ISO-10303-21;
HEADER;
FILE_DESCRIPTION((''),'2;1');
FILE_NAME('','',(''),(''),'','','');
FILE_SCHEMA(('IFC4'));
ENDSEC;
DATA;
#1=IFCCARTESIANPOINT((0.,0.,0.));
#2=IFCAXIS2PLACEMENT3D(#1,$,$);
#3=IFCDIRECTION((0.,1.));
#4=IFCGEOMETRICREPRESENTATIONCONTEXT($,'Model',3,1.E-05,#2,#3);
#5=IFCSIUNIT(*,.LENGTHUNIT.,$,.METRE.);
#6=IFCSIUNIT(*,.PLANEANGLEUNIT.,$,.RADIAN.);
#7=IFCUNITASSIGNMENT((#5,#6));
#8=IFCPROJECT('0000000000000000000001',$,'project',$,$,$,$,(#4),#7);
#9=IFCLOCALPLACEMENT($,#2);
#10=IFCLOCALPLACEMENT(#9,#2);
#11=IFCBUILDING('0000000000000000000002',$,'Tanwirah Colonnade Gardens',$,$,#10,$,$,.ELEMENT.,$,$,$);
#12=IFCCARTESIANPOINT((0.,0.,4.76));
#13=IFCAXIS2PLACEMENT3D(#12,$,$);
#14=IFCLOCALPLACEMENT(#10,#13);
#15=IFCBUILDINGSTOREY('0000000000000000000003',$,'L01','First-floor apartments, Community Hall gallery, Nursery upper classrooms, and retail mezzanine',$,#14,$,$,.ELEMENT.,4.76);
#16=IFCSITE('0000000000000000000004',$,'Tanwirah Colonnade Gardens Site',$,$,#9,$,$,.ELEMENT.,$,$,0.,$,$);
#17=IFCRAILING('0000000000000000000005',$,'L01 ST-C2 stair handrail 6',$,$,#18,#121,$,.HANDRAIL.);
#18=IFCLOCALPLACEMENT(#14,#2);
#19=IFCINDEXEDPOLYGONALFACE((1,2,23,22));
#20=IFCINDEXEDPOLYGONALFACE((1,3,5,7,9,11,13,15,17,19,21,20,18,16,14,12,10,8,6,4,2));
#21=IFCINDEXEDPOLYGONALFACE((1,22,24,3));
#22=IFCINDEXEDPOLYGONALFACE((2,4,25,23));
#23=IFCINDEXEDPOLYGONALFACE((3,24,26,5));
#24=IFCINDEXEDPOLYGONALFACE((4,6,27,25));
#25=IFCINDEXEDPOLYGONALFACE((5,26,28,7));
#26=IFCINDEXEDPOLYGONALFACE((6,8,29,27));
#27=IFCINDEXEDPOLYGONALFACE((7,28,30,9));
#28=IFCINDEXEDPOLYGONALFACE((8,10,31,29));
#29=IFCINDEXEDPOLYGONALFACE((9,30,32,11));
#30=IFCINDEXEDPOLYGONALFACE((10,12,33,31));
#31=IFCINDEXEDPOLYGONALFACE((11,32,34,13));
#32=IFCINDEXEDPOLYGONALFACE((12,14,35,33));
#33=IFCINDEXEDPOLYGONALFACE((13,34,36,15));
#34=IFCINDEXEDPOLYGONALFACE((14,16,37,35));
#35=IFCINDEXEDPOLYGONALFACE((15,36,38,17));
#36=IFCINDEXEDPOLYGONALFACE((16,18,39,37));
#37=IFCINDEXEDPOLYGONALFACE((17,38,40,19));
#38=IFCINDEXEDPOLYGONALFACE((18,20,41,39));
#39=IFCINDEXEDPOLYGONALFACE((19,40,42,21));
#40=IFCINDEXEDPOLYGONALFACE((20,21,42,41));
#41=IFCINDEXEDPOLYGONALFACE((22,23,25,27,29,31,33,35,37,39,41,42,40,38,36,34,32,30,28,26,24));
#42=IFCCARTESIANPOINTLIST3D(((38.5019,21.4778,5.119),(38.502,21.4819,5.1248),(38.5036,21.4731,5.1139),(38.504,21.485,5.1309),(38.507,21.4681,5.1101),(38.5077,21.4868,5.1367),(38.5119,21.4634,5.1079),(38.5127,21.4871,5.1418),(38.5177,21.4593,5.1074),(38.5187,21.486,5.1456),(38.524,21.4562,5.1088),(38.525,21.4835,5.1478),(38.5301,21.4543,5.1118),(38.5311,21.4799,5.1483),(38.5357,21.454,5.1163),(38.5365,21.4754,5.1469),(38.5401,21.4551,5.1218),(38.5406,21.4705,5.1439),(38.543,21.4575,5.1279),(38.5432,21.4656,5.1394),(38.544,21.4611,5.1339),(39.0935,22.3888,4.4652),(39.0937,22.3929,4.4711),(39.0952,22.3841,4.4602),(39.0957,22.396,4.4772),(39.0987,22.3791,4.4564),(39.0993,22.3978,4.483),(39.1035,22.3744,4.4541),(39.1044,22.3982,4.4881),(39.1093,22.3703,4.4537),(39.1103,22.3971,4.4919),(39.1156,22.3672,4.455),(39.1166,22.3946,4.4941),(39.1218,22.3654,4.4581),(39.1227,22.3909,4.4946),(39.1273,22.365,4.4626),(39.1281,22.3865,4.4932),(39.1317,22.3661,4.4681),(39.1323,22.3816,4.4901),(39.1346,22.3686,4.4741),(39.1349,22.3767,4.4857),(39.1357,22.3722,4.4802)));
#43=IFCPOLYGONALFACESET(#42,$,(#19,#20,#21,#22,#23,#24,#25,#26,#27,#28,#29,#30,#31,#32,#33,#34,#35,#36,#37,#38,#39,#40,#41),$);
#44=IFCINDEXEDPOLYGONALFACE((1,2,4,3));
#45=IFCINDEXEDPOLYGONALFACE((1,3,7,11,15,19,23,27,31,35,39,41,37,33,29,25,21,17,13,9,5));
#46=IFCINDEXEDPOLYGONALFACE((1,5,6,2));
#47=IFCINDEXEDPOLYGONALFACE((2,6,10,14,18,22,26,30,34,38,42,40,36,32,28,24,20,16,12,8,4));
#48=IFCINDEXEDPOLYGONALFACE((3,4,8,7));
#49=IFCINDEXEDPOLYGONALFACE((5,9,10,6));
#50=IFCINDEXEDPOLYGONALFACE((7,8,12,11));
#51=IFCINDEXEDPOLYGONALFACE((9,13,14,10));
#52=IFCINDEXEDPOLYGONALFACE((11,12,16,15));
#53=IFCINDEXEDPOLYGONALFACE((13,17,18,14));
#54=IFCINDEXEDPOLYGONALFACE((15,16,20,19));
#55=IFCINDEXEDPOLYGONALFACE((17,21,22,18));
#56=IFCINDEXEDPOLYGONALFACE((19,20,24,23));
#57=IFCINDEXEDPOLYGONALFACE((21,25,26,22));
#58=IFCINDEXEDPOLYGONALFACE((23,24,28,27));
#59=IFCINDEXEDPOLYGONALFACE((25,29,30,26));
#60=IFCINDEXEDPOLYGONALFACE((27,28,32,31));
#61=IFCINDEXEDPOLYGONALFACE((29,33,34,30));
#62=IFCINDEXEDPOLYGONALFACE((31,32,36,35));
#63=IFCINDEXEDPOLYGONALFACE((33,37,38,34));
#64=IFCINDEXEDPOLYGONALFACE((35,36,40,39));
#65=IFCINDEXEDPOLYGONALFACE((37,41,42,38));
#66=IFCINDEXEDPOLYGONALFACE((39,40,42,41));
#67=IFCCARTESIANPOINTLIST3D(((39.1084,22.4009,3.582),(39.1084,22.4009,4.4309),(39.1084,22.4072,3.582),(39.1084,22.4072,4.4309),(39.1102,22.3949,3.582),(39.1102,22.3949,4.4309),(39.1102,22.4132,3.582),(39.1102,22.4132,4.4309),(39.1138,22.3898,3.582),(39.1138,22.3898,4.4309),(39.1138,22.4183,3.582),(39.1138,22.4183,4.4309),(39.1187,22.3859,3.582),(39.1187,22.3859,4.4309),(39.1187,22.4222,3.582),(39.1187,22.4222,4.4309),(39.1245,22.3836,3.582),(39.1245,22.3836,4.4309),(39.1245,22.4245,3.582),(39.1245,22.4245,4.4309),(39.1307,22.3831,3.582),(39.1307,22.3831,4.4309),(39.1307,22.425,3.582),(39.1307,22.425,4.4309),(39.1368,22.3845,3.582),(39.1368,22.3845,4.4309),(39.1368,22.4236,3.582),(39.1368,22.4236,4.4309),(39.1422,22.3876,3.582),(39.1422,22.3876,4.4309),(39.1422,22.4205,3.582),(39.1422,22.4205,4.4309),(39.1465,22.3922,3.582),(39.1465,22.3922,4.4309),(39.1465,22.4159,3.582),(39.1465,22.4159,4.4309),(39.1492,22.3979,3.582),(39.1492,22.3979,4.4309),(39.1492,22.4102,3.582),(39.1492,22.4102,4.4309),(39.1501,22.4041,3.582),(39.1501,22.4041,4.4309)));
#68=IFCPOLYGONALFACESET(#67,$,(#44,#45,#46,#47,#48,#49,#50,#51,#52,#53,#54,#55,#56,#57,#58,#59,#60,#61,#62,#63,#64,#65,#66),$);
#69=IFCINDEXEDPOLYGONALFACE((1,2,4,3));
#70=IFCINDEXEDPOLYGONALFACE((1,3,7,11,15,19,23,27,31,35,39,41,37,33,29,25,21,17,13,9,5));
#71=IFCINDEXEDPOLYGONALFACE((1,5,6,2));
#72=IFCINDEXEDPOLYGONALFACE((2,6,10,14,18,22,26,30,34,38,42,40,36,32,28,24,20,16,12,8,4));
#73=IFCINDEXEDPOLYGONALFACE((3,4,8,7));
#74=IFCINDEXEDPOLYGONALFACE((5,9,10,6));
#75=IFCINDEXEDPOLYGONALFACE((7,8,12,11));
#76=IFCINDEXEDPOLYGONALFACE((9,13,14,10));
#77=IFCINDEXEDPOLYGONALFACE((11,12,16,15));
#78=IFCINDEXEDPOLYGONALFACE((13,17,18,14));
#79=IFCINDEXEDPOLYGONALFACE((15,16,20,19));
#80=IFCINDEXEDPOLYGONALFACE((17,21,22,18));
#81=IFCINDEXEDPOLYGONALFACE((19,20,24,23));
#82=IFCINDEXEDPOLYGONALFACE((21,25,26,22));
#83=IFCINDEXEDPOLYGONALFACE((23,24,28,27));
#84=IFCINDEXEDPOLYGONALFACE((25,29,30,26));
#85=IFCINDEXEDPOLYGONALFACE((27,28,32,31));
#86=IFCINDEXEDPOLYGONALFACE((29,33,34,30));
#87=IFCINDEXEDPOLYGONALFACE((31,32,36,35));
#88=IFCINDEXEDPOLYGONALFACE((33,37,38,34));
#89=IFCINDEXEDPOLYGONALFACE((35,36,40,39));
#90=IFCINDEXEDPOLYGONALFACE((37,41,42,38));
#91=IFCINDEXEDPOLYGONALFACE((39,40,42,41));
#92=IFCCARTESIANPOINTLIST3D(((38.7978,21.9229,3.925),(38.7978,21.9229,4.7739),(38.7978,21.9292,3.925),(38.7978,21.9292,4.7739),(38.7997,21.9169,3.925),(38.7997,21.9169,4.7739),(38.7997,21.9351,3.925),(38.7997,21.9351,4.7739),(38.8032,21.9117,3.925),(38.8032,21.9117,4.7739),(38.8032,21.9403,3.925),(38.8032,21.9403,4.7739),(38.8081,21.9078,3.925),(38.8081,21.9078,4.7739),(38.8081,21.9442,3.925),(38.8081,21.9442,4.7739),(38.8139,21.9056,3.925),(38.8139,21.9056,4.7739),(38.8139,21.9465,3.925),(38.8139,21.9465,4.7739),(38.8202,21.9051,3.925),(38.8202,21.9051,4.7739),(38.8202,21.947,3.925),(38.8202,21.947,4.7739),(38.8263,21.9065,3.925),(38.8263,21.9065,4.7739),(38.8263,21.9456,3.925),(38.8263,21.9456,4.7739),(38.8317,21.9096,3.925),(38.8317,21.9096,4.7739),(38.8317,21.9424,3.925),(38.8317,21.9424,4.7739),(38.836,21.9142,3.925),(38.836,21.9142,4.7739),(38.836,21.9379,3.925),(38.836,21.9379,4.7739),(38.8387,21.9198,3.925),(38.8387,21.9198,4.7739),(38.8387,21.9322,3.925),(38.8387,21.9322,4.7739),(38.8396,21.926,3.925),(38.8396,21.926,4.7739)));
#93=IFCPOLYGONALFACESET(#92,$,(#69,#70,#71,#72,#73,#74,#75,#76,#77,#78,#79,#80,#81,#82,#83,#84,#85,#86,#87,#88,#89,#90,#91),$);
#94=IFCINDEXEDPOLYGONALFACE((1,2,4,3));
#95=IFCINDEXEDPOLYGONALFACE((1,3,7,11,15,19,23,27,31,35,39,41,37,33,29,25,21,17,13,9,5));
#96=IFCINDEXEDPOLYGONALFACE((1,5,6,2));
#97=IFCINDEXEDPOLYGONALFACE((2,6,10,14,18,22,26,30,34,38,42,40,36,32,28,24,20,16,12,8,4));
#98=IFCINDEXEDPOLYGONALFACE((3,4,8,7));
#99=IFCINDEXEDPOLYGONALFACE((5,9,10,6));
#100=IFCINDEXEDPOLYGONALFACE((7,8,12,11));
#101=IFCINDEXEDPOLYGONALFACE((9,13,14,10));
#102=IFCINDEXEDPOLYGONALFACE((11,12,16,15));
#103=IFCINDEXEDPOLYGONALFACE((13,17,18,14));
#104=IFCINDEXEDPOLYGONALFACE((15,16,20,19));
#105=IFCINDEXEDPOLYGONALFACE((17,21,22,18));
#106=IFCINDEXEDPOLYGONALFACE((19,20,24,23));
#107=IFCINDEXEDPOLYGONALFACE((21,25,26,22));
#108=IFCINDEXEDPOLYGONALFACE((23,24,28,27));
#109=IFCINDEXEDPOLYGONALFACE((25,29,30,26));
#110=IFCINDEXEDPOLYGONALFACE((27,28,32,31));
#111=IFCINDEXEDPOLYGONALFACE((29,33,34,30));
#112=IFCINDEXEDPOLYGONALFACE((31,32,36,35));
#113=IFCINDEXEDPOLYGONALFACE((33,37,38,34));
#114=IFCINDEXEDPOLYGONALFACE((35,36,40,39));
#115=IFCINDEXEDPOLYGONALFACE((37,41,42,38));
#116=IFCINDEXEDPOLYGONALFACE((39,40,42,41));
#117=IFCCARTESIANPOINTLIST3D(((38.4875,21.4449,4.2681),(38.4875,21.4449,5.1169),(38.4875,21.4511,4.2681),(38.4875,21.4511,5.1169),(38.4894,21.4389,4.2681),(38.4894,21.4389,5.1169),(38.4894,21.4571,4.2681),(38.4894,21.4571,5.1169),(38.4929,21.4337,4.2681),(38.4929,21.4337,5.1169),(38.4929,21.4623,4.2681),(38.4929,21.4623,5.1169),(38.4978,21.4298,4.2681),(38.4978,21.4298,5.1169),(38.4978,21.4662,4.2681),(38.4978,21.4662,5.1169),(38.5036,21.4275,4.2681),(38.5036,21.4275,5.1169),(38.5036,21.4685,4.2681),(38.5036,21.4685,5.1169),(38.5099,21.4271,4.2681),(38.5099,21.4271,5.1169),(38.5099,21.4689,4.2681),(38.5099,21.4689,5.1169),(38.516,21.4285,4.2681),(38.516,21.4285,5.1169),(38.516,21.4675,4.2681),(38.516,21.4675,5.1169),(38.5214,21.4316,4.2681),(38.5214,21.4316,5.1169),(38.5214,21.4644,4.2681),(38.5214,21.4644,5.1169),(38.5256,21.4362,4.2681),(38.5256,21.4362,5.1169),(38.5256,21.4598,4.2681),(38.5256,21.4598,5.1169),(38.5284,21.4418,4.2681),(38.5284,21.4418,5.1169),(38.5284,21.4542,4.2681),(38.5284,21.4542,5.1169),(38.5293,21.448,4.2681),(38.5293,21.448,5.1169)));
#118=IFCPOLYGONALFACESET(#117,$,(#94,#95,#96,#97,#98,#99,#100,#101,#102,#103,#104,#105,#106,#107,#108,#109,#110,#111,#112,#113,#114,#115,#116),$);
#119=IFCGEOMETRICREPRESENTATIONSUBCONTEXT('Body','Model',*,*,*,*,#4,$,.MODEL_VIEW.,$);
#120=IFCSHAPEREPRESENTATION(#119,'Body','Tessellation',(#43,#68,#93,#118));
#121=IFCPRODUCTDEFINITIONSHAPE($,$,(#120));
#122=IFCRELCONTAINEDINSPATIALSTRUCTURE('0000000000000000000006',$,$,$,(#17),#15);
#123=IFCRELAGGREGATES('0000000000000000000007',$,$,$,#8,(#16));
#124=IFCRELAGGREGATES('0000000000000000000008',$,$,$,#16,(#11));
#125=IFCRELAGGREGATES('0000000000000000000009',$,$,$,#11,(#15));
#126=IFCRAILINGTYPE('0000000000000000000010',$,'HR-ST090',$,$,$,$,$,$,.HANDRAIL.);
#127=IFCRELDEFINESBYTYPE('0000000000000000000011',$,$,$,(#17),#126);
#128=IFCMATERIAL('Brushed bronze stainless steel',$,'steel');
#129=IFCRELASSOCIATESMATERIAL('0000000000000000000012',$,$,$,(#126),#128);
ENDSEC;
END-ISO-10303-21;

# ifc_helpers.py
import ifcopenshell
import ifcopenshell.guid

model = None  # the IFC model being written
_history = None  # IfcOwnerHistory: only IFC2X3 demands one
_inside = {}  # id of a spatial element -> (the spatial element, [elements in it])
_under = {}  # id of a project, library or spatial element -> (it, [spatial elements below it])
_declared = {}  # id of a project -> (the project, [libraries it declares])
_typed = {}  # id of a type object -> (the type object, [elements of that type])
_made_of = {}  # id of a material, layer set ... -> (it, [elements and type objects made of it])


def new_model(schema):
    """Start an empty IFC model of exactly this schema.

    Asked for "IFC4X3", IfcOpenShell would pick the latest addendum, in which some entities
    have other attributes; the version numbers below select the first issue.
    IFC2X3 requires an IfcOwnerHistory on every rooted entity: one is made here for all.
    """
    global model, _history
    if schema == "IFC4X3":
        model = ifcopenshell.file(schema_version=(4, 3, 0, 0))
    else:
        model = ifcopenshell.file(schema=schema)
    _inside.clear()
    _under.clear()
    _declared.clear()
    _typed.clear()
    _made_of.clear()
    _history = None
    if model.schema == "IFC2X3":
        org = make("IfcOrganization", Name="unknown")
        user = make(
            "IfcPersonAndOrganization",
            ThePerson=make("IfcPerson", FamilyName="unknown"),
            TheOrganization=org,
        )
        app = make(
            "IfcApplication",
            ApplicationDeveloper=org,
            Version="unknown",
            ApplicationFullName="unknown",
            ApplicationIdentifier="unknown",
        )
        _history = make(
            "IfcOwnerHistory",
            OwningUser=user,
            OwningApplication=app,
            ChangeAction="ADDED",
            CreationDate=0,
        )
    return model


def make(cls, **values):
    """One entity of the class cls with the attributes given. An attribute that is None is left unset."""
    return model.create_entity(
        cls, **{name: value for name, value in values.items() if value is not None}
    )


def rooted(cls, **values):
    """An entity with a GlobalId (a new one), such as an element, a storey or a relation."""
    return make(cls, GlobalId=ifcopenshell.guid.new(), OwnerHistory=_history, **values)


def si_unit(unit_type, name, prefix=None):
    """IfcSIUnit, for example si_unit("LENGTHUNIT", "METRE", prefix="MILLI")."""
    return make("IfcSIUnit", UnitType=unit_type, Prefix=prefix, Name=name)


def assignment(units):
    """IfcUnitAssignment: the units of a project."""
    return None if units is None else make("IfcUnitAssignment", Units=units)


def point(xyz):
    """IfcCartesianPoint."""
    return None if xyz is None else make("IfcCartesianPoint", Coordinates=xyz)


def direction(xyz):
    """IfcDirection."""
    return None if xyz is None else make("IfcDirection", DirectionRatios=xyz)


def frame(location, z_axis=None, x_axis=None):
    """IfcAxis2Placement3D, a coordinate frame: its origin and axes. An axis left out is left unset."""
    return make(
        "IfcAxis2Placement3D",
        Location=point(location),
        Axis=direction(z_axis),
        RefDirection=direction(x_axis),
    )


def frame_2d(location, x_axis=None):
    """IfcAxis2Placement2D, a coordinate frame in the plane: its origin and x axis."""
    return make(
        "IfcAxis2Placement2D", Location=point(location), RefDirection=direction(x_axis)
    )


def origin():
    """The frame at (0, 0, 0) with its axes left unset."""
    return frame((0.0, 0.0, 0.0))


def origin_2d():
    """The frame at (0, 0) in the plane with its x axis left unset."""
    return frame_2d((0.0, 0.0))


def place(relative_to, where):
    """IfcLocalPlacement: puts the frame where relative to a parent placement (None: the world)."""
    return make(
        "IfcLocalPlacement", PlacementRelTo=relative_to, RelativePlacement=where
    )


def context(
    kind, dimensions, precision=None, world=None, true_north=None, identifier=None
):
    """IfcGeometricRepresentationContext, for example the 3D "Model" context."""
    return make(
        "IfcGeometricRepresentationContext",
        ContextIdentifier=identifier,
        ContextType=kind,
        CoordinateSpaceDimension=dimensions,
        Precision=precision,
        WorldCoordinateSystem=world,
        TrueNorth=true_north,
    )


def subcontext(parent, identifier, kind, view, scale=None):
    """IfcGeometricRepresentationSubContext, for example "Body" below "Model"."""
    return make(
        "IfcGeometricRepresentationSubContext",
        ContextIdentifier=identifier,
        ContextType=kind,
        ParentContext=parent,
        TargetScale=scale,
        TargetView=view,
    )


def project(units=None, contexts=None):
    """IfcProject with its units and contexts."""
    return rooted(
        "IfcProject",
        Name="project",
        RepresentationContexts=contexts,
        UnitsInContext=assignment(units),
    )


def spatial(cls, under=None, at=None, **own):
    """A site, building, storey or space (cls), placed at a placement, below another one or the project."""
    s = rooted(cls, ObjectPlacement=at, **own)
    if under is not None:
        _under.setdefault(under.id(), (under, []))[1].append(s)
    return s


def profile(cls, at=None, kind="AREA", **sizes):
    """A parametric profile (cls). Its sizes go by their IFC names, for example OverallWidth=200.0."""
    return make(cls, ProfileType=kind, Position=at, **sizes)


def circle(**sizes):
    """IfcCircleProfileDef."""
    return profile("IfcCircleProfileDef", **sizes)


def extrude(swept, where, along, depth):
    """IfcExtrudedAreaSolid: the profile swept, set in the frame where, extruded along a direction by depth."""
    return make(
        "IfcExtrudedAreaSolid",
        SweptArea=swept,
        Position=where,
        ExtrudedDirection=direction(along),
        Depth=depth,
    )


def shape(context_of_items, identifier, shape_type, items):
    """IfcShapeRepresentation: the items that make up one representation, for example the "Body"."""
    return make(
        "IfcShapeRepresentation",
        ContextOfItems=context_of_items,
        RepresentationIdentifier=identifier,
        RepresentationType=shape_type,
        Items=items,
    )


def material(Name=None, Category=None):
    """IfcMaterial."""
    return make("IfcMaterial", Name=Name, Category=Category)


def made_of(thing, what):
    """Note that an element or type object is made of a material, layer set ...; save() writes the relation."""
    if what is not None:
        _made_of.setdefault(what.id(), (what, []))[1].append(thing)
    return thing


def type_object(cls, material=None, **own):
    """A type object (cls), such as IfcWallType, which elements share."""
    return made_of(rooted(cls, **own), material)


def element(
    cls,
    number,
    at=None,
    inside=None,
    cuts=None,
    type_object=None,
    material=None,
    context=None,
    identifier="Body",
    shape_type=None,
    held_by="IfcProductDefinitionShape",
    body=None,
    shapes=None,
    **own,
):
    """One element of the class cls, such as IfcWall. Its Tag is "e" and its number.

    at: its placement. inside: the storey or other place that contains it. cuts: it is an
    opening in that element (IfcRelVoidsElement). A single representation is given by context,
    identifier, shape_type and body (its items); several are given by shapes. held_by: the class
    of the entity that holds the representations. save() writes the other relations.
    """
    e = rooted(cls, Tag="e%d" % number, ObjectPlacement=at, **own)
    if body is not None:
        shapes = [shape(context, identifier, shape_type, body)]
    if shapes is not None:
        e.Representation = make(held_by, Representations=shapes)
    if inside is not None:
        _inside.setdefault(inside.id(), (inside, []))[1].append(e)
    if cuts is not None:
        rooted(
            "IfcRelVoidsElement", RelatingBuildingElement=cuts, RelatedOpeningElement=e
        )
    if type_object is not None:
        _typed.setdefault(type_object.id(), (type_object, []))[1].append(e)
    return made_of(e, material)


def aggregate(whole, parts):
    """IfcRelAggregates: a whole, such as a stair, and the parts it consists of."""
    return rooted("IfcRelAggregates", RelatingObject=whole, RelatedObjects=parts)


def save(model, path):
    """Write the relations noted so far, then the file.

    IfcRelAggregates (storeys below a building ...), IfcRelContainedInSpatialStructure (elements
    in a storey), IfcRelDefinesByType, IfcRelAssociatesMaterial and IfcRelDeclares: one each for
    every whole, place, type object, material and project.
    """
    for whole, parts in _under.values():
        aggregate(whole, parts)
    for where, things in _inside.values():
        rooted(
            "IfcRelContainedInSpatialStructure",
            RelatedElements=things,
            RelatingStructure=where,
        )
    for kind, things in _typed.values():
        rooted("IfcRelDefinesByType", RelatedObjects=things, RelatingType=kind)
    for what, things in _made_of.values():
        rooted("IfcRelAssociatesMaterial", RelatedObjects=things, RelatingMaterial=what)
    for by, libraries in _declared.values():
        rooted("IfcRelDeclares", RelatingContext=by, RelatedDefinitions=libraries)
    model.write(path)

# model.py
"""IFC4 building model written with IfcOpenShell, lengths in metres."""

from ifc_helpers import new_model, si_unit, direction, frame, origin, origin_2d, place, context, subcontext, project, spatial, circle, extrude, material, type_object, element, save


model = new_model("IFC4")

# Units and contexts
model_context = context("Model", 3, precision=1e-05, world=origin(), true_north=direction((0.0, 1.0)))
body_context = subcontext(model_context, "Body", "Model", "MODEL_VIEW")
ifc_project = project(units=[si_unit("LENGTHUNIT", "METRE"), si_unit("PLANEANGLEUNIT", "RADIAN")], contexts=[model_context])

# Site, building, storey
site_placement = place(None, origin())
site = spatial("IfcSite", under=ifc_project, at=site_placement, Name="Tanwirah Colonnade Gardens Site", CompositionType="ELEMENT", RefElevation=0.0)
building_placement = place(site_placement, origin())
building = spatial("IfcBuilding", under=site, at=building_placement, Name="Tanwirah Colonnade Gardens", CompositionType="ELEMENT")
storey_placement = place(building_placement, frame((0.0, 0.0, 4.76)))
storey = spatial("IfcBuildingStorey", under=building, at=storey_placement, Name="L01", Description="First-floor apartments, Community Hall gallery, Nursery upper classrooms, and retail mezzanine", CompositionType="ELEMENT", Elevation=4.76)

# Railing
ifc_material_1 = material(Name="Brushed bronze stainless steel", Category="steel")
railing_type = type_object("IfcRailingType", Name="HR-ST090", PredefinedType="HANDRAIL", material=ifc_material_1)
railing_placement = place(storey_placement, frame((39.1292, 22.4041, 3.582)))
element("IfcRailing", 1, at=railing_placement, inside=storey, type_object=railing_type, Name="L01 ST-C2 stair handrail 6", PredefinedType="HANDRAIL", context=body_context, shape_type="SweptSolid", body=[
    extrude(circle(Radius=0.0239, at=origin_2d()), frame((-0.0146, -0.0225, 0.8921), z_axis=(-0.466641, -0.718586, 0.515635), x_axis=(0.838678, -0.544627, 0.0)), (0.0, 0.0, 1.0), 1.2678),
    extrude(circle(Radius=0.021, at=origin_2d()), origin(), (0.0, 0.0, 1.0), 0.8489),
    extrude(circle(Radius=0.021, at=origin_2d()), frame((-0.3105, -0.478, 0.343)), (0.0, 0.0, 1.0), 0.8489),
    extrude(circle(Radius=0.021, at=origin_2d()), frame((-0.6208, -0.9561, 0.686)), (0.0, 0.0, 1.0), 0.8489),
])

save(model, "model.ifc")
